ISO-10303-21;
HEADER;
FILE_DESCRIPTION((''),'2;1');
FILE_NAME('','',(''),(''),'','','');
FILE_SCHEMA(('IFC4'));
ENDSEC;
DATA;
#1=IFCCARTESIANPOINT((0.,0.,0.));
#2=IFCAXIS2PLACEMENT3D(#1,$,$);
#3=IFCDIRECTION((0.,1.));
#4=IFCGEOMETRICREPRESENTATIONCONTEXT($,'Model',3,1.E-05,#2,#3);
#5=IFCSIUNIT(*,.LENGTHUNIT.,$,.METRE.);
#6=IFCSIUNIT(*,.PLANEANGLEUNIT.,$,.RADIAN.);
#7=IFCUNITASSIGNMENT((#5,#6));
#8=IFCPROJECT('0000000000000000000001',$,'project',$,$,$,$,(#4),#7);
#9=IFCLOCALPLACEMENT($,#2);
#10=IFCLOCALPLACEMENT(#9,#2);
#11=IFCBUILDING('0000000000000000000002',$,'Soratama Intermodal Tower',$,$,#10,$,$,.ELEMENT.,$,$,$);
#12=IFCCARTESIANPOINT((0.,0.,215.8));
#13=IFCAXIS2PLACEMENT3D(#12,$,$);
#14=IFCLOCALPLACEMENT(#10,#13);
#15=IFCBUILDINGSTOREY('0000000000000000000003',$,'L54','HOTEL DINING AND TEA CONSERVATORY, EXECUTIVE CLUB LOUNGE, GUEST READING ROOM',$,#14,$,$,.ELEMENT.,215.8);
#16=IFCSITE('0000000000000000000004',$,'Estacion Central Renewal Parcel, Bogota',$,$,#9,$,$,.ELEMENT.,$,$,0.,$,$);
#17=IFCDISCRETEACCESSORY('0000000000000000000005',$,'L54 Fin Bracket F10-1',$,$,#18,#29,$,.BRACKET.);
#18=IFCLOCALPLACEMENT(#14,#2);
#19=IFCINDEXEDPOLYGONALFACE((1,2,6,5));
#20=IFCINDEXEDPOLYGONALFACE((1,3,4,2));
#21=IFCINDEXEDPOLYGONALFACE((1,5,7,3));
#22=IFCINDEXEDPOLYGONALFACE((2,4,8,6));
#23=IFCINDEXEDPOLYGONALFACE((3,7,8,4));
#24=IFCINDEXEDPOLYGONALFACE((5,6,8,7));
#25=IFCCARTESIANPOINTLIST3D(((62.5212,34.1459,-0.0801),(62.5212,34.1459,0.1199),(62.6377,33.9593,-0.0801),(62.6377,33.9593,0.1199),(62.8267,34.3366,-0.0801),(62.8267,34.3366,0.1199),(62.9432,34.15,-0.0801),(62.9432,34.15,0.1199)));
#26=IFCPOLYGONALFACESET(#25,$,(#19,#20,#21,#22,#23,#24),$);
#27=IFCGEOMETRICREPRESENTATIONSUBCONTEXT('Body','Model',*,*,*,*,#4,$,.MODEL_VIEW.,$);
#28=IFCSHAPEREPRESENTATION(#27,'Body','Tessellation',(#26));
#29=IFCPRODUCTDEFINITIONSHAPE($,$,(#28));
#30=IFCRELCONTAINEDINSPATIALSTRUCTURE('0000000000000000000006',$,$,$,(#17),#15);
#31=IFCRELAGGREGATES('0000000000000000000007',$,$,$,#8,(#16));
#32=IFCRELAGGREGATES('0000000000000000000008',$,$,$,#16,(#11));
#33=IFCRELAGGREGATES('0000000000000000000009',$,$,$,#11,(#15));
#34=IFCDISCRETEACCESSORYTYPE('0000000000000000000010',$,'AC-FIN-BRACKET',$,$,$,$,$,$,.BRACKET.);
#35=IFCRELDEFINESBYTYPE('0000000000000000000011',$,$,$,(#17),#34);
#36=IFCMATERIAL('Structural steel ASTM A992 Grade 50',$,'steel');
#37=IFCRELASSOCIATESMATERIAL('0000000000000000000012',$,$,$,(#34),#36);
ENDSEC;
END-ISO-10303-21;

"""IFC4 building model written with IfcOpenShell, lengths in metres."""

from ifc_helpers import new_model, si_unit, direction, frame, origin, origin_2d, place, context, subcontext, project, spatial, rectangle, extrude, material, type_object, element, save


model = new_model("IFC4")

# Units and contexts
model_context = context("Model", 3, precision=1e-05, world=origin(), true_north=direction((0.0, 1.0)))
body_context = subcontext(model_context, "Body", "Model", "MODEL_VIEW")
ifc_project = project(units=[si_unit("LENGTHUNIT", "METRE"), si_unit("PLANEANGLEUNIT", "RADIAN")], contexts=[model_context])

# Site, building, storey
site_placement = place(None, origin())
site = spatial("IfcSite", under=ifc_project, at=site_placement, Name="Estacion Central Renewal Parcel, Bogota", CompositionType="ELEMENT", RefElevation=0.0)
building_placement = place(site_placement, origin())
building = spatial("IfcBuilding", under=site, at=building_placement, Name="Soratama Intermodal Tower", CompositionType="ELEMENT")
storey_placement = place(building_placement, frame((0.0, 0.0, 215.8)))
storey = spatial("IfcBuildingStorey", under=building, at=storey_placement, Name="L54", Description="HOTEL DINING AND TEA CONSERVATORY, EXECUTIVE CLUB LOUNGE, GUEST READING ROOM", CompositionType="ELEMENT", Elevation=215.8)

# Discrete accessory
ifc_material_1 = material(Name="Structural steel ASTM A992 Grade 50", Category="steel")
discrete_accessory_type = type_object("IfcDiscreteAccessoryType", Name="AC-FIN-BRACKET", PredefinedType="BRACKET", material=ifc_material_1)
discrete_accessory_placement = place(storey_placement, frame((62.7322, 34.1479, -0.0801), z_axis=(0.0, 0.0, 1.0), x_axis=(0.848233, 0.529623, 0.0)))
element("IfcDiscreteAccessory", 1, at=discrete_accessory_placement, inside=storey, type_object=discrete_accessory_type, Name="L54 Fin Bracket F10-1", PredefinedType="BRACKET", context=body_context, shape_type="SweptSolid", body=[
    extrude(rectangle(XDim=0.3601, YDim=0.22, at=origin_2d()), origin(), (0.0, 0.0, 1.0), 0.2),
])

save(model, "model.ifc")
